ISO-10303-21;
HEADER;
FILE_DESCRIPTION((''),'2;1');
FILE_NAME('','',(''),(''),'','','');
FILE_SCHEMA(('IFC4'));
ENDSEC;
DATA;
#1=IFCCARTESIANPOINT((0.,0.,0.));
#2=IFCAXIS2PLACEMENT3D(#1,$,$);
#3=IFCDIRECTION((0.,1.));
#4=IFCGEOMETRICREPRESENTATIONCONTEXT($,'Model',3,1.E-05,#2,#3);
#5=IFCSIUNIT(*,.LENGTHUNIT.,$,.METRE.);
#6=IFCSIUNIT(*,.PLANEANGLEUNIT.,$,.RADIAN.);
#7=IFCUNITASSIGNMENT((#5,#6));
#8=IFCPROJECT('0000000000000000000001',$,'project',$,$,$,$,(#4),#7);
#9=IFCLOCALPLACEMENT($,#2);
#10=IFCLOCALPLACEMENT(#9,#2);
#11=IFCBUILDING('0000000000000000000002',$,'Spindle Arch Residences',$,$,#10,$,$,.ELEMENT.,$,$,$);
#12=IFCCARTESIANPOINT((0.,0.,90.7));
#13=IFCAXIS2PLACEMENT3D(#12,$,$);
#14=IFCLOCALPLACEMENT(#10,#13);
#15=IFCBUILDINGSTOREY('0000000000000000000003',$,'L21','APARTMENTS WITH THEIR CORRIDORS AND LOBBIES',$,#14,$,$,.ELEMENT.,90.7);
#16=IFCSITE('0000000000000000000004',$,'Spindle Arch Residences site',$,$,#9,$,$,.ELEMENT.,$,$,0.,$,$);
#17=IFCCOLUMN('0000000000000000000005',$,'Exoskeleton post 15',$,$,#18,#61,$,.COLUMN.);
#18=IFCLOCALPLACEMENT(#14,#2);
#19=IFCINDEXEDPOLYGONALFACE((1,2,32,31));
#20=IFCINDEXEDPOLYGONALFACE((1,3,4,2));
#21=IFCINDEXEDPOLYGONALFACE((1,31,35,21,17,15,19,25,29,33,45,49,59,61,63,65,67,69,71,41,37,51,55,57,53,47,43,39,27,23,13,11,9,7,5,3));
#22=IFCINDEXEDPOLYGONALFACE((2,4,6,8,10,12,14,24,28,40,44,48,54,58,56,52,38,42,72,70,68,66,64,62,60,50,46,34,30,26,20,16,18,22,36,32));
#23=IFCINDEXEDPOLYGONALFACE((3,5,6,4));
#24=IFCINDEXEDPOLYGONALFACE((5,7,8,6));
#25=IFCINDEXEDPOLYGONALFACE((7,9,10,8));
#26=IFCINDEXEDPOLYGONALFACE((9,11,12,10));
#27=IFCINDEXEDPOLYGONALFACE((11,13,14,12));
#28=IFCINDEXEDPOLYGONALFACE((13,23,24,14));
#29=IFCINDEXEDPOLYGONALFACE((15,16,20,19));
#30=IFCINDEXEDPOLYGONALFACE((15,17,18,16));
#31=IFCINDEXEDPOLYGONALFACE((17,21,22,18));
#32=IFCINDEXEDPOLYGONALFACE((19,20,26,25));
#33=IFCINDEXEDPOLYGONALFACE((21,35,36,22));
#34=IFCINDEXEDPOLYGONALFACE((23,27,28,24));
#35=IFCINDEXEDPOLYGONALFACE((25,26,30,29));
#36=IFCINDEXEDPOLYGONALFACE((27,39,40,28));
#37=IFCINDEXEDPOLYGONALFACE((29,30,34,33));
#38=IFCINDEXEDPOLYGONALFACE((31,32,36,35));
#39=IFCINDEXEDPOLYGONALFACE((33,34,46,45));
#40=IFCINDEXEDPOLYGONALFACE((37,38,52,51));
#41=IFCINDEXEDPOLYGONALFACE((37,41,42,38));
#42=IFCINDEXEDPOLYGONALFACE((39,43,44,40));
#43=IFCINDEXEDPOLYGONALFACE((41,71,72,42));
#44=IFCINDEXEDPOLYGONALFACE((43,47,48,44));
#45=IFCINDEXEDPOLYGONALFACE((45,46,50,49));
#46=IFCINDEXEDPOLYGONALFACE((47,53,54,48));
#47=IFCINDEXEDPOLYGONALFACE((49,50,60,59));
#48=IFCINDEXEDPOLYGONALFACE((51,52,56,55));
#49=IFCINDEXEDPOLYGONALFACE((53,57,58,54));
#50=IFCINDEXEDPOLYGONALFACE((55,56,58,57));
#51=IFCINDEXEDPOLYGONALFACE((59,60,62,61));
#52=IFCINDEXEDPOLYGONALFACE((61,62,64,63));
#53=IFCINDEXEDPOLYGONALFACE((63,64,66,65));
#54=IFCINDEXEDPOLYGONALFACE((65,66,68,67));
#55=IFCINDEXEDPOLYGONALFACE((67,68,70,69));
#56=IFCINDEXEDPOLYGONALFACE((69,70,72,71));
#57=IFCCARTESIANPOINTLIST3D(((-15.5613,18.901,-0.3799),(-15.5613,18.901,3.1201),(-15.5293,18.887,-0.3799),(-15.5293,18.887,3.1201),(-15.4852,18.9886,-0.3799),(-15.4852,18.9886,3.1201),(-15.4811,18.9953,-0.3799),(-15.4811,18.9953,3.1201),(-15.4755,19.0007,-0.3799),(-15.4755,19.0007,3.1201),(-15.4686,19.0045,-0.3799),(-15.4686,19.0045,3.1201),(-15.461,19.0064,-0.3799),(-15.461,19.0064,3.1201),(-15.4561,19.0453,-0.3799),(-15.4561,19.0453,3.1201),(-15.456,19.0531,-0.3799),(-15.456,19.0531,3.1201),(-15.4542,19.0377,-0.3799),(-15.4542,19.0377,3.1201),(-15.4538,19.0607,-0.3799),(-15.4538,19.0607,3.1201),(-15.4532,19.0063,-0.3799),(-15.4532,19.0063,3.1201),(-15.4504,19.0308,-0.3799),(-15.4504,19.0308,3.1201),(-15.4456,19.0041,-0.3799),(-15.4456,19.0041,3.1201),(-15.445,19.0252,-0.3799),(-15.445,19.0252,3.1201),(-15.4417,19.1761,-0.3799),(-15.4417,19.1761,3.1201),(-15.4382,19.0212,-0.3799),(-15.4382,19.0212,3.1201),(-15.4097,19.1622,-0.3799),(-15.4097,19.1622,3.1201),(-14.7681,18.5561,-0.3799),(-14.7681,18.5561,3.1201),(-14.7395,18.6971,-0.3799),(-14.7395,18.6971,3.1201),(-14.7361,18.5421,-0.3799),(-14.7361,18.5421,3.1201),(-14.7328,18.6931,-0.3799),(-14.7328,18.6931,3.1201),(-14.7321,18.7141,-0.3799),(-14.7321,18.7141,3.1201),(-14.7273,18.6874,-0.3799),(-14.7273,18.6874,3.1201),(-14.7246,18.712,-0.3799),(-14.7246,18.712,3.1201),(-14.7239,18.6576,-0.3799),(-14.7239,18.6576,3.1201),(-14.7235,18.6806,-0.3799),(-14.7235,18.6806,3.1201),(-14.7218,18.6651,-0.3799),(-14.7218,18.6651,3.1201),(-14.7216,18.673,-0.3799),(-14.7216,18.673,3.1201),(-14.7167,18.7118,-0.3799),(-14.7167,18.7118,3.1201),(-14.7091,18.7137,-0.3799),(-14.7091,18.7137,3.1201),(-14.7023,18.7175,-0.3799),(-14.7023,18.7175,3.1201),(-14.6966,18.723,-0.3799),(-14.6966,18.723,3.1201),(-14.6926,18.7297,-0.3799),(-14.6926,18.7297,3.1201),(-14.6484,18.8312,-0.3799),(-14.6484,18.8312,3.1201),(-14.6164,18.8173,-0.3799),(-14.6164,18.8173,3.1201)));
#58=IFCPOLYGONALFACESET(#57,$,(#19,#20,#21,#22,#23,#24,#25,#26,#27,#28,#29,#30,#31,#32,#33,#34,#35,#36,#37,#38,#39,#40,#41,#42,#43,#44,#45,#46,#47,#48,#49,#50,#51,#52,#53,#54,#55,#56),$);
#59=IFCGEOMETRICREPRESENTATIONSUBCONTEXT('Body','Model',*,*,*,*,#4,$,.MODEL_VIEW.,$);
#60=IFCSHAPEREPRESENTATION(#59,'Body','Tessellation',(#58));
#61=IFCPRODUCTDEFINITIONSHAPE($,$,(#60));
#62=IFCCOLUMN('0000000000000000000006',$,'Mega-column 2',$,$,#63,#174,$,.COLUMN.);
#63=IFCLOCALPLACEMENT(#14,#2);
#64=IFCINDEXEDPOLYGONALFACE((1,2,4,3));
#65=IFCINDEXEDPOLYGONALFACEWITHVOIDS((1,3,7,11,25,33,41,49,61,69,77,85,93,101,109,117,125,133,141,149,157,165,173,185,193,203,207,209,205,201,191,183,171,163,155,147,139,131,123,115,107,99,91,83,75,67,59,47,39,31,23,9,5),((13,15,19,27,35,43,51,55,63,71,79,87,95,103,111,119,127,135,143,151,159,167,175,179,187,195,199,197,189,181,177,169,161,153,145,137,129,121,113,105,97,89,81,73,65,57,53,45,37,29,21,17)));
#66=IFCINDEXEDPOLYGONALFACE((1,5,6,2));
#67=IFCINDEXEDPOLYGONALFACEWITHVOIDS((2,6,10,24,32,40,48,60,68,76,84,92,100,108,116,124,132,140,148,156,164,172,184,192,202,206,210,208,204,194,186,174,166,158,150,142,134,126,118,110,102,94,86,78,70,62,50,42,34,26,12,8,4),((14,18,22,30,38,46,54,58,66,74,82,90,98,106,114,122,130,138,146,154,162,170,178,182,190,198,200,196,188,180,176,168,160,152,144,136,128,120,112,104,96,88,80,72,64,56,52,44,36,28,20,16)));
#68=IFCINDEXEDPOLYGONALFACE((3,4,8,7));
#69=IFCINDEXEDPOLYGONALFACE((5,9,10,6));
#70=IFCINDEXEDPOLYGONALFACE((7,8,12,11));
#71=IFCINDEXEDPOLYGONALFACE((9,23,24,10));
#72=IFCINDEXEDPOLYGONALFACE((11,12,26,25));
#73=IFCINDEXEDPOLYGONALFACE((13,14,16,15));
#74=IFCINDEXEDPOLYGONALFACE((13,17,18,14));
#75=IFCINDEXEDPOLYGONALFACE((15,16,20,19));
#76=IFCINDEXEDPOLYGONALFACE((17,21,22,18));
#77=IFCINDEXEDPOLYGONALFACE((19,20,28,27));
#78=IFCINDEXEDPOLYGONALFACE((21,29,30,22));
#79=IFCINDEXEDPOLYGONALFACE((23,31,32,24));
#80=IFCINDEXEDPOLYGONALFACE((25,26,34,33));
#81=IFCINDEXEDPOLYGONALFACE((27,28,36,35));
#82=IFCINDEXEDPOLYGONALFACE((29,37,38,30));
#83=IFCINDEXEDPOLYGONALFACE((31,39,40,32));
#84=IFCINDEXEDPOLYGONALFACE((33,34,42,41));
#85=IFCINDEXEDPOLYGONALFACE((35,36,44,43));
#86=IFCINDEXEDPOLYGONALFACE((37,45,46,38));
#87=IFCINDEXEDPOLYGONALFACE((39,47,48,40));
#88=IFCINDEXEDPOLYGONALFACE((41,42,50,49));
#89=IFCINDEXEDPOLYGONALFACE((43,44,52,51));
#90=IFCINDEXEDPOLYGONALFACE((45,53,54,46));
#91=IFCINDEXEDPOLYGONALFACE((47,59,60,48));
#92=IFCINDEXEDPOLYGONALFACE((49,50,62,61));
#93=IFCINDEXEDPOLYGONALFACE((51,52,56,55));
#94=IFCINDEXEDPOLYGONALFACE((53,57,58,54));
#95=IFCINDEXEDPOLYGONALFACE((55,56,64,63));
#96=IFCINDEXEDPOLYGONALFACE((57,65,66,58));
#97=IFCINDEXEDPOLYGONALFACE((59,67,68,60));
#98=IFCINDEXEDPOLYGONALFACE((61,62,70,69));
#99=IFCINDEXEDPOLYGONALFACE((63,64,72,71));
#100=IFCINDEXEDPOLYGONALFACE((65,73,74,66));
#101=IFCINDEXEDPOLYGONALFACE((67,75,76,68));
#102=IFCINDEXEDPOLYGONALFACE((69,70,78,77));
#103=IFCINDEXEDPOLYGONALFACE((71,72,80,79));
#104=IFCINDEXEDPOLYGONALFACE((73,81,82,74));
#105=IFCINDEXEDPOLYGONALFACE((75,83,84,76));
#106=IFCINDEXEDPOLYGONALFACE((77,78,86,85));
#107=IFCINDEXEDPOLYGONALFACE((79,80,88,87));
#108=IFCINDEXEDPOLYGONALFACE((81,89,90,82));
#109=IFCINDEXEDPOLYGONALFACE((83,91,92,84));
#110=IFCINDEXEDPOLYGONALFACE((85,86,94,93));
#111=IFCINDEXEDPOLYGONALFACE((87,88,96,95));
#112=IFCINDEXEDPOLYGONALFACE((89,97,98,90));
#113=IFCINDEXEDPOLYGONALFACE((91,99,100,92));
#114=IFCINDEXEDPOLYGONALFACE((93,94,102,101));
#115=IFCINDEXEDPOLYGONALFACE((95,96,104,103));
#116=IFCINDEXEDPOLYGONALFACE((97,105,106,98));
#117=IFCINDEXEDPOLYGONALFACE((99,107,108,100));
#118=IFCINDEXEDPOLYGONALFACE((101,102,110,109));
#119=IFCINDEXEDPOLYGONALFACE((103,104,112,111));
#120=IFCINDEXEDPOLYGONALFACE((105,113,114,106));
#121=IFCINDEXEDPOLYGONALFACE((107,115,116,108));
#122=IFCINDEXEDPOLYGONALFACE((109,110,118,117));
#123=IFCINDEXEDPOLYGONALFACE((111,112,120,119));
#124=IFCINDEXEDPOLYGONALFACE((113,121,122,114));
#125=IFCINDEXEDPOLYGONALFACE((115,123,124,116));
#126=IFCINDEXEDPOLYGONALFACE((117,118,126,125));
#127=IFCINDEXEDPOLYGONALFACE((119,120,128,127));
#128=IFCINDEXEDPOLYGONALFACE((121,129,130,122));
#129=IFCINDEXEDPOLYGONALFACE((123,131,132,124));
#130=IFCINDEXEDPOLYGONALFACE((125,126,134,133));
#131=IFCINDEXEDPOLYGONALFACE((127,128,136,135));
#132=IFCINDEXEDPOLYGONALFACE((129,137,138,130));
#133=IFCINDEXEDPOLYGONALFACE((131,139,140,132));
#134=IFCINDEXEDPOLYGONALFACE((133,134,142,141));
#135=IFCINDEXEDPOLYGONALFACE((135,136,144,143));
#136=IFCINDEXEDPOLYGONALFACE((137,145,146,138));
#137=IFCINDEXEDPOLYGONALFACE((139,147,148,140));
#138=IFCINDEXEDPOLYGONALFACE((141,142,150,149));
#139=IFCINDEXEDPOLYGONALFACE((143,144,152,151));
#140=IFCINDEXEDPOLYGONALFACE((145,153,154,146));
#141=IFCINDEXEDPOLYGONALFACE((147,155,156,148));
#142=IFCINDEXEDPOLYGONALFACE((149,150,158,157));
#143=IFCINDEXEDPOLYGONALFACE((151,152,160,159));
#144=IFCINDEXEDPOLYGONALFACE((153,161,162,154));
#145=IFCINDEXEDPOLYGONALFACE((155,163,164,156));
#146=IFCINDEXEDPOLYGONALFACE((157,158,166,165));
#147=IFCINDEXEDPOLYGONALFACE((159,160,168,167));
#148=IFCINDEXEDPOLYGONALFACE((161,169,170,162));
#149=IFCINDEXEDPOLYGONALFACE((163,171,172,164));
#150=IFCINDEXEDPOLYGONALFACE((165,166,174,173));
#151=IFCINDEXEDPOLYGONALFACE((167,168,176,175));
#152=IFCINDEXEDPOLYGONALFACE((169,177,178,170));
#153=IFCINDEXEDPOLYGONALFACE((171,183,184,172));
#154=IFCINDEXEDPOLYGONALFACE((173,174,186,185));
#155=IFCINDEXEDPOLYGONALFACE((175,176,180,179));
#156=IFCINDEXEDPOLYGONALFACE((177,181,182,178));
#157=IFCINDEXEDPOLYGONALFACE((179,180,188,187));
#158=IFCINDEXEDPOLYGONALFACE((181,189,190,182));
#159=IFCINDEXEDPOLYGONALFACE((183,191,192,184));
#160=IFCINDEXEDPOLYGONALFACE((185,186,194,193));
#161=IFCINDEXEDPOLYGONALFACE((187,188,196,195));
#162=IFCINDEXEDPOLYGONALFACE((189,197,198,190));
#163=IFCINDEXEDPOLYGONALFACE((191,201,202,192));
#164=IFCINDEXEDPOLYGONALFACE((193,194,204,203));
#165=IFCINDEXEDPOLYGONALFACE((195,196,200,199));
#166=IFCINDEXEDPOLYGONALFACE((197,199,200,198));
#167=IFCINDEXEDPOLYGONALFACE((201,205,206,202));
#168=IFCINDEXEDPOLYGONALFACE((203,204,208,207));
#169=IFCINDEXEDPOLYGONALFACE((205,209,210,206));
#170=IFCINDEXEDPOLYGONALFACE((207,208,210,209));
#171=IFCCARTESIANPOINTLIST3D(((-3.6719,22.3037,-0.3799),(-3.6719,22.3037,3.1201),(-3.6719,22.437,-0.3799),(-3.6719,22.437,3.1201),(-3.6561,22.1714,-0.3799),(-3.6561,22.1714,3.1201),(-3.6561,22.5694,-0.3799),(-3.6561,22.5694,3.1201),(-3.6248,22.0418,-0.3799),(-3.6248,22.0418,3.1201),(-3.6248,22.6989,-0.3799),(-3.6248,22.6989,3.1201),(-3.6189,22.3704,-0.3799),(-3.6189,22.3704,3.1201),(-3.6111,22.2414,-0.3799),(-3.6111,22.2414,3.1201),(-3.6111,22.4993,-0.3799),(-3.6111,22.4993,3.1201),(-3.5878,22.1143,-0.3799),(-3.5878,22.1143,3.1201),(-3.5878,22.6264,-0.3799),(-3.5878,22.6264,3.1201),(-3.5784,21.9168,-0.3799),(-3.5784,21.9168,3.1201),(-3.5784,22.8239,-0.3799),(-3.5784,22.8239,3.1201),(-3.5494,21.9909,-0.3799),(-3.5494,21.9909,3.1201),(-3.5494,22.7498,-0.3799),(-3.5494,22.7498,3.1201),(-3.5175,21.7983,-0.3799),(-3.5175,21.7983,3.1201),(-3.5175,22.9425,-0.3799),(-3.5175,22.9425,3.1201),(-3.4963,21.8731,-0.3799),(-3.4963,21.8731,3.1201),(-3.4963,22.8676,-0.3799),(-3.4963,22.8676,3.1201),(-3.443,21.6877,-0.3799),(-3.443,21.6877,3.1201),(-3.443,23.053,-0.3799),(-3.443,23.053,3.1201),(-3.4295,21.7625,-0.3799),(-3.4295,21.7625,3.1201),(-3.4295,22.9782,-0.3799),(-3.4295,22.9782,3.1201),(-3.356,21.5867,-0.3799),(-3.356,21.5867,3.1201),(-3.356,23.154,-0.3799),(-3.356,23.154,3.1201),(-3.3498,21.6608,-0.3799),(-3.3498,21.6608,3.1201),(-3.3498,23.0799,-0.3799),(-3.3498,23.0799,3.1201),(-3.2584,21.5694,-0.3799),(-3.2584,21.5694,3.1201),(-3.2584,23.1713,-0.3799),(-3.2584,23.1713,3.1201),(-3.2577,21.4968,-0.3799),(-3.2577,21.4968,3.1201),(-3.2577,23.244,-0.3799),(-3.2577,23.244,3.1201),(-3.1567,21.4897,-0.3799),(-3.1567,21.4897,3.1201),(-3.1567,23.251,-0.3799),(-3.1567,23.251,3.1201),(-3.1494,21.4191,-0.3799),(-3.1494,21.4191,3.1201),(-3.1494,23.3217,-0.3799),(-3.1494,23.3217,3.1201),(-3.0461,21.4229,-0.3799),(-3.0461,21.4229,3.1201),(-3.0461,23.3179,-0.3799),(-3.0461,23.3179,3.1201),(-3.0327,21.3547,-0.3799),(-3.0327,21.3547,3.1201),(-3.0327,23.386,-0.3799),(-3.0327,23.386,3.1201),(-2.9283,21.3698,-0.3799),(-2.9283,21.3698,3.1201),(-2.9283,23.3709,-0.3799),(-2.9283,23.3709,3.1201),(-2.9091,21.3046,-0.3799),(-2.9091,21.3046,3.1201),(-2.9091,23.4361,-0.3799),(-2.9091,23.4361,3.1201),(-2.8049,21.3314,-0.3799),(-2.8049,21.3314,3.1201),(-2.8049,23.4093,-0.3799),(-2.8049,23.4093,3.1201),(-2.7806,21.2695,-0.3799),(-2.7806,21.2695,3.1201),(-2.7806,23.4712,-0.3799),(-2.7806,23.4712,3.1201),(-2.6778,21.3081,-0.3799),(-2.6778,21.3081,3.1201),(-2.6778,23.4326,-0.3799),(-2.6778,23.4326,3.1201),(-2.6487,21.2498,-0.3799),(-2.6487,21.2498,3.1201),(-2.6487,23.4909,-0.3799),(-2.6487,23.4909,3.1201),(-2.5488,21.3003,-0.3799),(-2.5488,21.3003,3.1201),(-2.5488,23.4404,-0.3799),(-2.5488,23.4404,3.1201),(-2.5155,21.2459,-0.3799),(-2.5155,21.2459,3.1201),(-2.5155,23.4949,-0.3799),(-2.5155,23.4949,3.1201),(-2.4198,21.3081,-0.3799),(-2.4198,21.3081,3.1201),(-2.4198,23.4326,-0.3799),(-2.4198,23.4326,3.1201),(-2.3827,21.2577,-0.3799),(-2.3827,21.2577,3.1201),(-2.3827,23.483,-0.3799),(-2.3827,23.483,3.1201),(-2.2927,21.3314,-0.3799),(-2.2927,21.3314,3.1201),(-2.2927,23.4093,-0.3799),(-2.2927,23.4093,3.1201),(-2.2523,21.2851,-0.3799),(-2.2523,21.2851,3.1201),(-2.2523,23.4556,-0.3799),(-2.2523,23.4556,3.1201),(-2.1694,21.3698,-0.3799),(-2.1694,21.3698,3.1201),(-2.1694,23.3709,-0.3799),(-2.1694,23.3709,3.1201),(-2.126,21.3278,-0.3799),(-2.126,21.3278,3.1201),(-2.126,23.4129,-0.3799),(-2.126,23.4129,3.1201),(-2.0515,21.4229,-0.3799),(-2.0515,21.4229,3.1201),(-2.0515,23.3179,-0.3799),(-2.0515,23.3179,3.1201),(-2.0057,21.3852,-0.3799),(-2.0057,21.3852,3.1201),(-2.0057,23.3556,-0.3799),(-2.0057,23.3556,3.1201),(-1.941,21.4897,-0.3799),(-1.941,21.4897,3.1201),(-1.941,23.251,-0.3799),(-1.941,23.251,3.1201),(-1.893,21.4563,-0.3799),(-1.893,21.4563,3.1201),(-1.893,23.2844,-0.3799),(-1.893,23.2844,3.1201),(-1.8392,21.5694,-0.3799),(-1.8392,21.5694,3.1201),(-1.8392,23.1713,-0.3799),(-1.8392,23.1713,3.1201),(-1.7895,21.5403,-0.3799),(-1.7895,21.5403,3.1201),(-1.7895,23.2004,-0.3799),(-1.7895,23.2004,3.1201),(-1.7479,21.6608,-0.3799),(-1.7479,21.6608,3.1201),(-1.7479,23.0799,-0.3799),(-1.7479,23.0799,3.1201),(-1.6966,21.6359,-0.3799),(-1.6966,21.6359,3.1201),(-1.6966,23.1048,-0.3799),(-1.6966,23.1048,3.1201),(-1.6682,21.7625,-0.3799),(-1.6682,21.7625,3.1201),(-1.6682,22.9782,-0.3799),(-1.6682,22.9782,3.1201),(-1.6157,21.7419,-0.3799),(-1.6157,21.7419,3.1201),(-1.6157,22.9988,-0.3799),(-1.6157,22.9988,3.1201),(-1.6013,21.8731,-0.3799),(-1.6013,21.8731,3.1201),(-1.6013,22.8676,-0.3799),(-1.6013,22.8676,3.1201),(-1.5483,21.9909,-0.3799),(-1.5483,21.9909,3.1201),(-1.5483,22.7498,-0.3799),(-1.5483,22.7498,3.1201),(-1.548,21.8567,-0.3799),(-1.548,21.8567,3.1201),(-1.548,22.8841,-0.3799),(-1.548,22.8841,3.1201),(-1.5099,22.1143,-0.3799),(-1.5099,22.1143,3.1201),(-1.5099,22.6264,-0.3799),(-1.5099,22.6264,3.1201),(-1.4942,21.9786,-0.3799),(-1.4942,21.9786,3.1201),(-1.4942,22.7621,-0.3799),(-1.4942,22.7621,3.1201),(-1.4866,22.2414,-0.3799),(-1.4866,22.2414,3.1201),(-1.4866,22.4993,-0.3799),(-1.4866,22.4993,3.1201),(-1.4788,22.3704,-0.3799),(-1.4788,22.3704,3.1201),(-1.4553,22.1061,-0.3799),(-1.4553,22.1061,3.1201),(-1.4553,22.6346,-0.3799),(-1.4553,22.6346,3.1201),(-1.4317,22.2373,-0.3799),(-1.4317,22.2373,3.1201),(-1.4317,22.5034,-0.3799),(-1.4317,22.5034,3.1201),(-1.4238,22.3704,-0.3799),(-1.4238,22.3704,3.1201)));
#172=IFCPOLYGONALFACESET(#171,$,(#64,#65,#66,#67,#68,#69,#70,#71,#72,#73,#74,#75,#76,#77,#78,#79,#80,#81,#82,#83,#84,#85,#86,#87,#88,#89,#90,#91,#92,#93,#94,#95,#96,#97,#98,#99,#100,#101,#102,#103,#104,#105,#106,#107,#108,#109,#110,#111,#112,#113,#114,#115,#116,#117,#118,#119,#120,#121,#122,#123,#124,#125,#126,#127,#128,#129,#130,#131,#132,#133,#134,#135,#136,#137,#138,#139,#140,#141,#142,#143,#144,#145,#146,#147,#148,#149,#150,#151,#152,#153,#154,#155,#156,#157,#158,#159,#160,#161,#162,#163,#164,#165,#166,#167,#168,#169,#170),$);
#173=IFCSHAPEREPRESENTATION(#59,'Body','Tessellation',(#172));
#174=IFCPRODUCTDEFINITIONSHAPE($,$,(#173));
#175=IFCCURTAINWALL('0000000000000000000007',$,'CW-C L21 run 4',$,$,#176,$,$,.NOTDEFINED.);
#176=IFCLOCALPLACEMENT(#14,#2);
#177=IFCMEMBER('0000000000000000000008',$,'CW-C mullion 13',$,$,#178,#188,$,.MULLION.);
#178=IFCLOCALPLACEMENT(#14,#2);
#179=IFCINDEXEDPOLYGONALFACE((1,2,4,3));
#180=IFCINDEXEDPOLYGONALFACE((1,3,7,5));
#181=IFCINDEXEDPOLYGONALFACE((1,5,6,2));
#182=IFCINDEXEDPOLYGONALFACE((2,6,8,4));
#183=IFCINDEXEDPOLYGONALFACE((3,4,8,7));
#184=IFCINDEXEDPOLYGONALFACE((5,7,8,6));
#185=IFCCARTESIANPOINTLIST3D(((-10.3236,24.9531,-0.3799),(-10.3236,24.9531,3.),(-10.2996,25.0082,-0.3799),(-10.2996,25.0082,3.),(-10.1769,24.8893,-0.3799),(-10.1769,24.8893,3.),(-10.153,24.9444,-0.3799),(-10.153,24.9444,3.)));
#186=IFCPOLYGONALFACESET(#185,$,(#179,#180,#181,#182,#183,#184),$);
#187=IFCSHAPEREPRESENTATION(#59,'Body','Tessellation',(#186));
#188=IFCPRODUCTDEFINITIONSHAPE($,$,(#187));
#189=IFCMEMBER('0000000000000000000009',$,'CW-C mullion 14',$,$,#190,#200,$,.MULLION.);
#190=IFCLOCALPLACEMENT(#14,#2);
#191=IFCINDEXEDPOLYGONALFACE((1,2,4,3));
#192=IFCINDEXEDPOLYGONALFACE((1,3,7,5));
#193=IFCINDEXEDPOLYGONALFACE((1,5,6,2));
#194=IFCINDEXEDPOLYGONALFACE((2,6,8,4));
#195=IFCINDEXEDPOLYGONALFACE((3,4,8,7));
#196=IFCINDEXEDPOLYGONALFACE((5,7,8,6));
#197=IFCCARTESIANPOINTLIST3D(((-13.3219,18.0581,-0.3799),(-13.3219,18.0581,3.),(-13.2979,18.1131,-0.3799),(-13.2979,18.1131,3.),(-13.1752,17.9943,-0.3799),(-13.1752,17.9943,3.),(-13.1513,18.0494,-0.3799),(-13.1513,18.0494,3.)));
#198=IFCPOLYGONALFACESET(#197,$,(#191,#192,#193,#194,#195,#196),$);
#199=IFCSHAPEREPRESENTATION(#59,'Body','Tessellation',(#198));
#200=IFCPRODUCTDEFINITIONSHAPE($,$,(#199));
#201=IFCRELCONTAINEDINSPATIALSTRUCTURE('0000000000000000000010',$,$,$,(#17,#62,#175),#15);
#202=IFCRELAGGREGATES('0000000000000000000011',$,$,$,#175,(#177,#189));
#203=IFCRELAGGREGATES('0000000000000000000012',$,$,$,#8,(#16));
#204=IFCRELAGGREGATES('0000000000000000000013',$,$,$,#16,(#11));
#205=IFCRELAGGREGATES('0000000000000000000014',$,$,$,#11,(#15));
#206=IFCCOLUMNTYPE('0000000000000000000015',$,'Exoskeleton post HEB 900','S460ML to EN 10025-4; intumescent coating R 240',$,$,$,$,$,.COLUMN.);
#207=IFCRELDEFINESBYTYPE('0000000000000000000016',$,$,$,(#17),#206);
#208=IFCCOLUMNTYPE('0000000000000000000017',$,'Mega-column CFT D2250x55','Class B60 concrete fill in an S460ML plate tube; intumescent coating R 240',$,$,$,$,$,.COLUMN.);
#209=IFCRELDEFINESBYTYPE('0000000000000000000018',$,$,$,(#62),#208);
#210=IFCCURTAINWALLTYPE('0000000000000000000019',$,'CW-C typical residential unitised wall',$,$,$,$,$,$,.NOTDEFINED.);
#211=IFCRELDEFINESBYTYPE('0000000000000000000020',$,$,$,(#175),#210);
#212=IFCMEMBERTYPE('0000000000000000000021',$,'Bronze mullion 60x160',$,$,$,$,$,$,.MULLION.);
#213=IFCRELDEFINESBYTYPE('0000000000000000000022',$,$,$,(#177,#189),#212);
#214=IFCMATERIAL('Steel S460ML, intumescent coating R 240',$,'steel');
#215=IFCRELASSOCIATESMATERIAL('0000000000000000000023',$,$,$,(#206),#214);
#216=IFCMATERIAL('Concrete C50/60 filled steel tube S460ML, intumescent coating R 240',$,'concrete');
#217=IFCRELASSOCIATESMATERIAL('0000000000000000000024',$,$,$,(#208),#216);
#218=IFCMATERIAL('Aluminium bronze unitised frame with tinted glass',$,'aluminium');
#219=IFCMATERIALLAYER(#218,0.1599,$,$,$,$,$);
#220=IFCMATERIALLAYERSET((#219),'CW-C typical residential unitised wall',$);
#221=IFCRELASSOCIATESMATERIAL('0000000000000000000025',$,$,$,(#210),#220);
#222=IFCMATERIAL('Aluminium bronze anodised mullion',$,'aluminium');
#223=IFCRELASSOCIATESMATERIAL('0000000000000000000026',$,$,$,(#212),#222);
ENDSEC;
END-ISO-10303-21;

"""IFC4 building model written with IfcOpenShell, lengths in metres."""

from ifc_helpers import new_model, si_unit, direction, frame, origin, origin_2d, place, context, subcontext, project, spatial, rectangle, hollow_circle, i_section, extrude, material, layer, layer_set, material_profile, profile_set, type_object, element, aggregate, save


model = new_model("IFC4")

# Units and contexts
model_context = context("Model", 3, precision=1e-05, world=origin(), true_north=direction((0.0, 1.0)))
body_context = subcontext(model_context, "Body", "Model", "MODEL_VIEW")
ifc_project = project(units=[si_unit("LENGTHUNIT", "METRE"), si_unit("PLANEANGLEUNIT", "RADIAN")], contexts=[model_context])

# Site, building, storey
site_placement = place(None, origin())
site = spatial("IfcSite", under=ifc_project, at=site_placement, Name="Spindle Arch Residences site", CompositionType="ELEMENT", RefElevation=0.0)
building_placement = place(site_placement, origin())
building = spatial("IfcBuilding", under=site, at=building_placement, Name="Spindle Arch Residences", CompositionType="ELEMENT")
storey_placement = place(building_placement, frame((0.0, 0.0, 90.7)))
storey = spatial("IfcBuildingStorey", under=building, at=storey_placement, Name="L21", Description="APARTMENTS WITH THEIR CORRIDORS AND LOBBIES", CompositionType="ELEMENT", Elevation=90.7)

# Columns
ifc_material_1 = material(Name="Steel S460ML, intumescent coating R 240", Category="steel")
ifc_material_profile_1 = material_profile(ifc_material_1, i_section(OverallWidth=0.3, OverallDepth=0.8999, WebThickness=0.0186, FlangeThickness=0.0349, FilletRadius=0.03, at=origin_2d()), Name="HEB 900")
ifc_profile_set_1 = profile_set([ifc_material_profile_1], Name="Steel S460ML, intumescent coating R 240")
column_type_1 = type_object("IfcColumnType", Name="Exoskeleton post HEB 900", Description="S460ML to EN 10025-4; intumescent coating R 240", PredefinedType="COLUMN", material=ifc_profile_set_1)
column_1_placement = place(storey_placement, frame((-15.0889, 18.8591, -0.3799), z_axis=(0.0, 0.0, 1.0), x_axis=(0.398749, 0.91706, 0.0)))
element("IfcColumn", 1, at=column_1_placement, inside=storey, type_object=column_type_1, Name="Exoskeleton post 15", PredefinedType="COLUMN", context=body_context, shape_type="SweptSolid", body=[
    extrude(i_section(OverallWidth=0.3, OverallDepth=0.8999, WebThickness=0.0186, FlangeThickness=0.0349, FilletRadius=0.03, at=origin_2d()), origin(), (0.0, 0.0, 1.0), 3.5),
])
ifc_material_2 = material(Name="Concrete C50/60 filled steel tube S460ML, intumescent coating R 240", Category="concrete")
ifc_material_profile_2 = material_profile(ifc_material_2, hollow_circle(Radius=1.125, WallThickness=0.0549, at=origin_2d()), Name="CFT D2250x55")
ifc_profile_set_2 = profile_set([ifc_material_profile_2], Name="Concrete C50/60 filled steel tube S460ML, intumescent coating R 240")
column_type_2 = type_object("IfcColumnType", Name="Mega-column CFT D2250x55", Description="Class B60 concrete fill in an S460ML plate tube; intumescent coating R 240", PredefinedType="COLUMN", material=ifc_profile_set_2)
column_2_placement = place(storey_placement, frame((-2.5488, 22.3704, -0.3799), z_axis=(0.0, 0.0, 1.0), x_axis=(1.0, 0.0, 0.0)))
element("IfcColumn", 2, at=column_2_placement, inside=storey, type_object=column_type_2, Name="Mega-column 2", PredefinedType="COLUMN", context=body_context, shape_type="SweptSolid", body=[
    extrude(hollow_circle(Radius=1.125, WallThickness=0.0549, at=origin_2d()), origin(), (0.0, 0.0, 1.0), 3.5),
])

# Curtain wall, members
ifc_material_3 = material(Name="Aluminium bronze unitised frame with tinted glass", Category="aluminium")
ifc_layer_1 = layer(ifc_material_3, 0.1599)
ifc_layer_set_1 = layer_set([ifc_layer_1], Name="CW-C typical residential unitised wall")
curtain_wall_type = type_object("IfcCurtainWallType", Name="CW-C typical residential unitised wall", PredefinedType="NOTDEFINED", material=ifc_layer_set_1)
curtain_wall_placement = place(storey_placement, origin())
curtain_wall = element("IfcCurtainWall", 3, at=curtain_wall_placement, inside=storey, type_object=curtain_wall_type, Name="CW-C L21 run 4", PredefinedType="NOTDEFINED")
ifc_material_4 = material(Name="Aluminium bronze anodised mullion", Category="aluminium")
ifc_material_profile_3 = material_profile(ifc_material_4, rectangle(XDim=0.1599, YDim=0.0601, at=origin_2d()), Name="MU 60x160")
ifc_profile_set_3 = profile_set([ifc_material_profile_3], Name="Aluminium bronze anodised mullion")
member_type_1 = type_object("IfcMemberType", Name="Bronze mullion 60x160", PredefinedType="MULLION", material=ifc_profile_set_3)
member_1_placement = place(storey_placement, frame((-10.2383, 24.9487, -0.3799), z_axis=(0.0, 0.0, 1.0), x_axis=(0.91706, -0.398749, 0.0)))
member_1 = element("IfcMember", 4, at=member_1_placement, type_object=member_type_1, Name="CW-C mullion 13", PredefinedType="MULLION", context=body_context, shape_type="SweptSolid", body=[
    extrude(rectangle(XDim=0.1599, YDim=0.0601, at=origin_2d()), origin(), (0.0, 0.0, 1.0), 3.3799),
])
member_2_placement = place(storey_placement, frame((-13.2366, 18.0537, -0.3799), z_axis=(0.0, 0.0, 1.0), x_axis=(0.91706, -0.398749, 0.0)))
member_2 = element("IfcMember", 5, at=member_2_placement, type_object=member_type_1, Name="CW-C mullion 14", PredefinedType="MULLION", context=body_context, shape_type="SweptSolid", body=[
    extrude(rectangle(XDim=0.1599, YDim=0.0601, at=origin_2d()), origin(), (0.0, 0.0, 1.0), 3.3799),
])

aggregate(curtain_wall, [member_1, member_2])

save(model, "model.ifc")
